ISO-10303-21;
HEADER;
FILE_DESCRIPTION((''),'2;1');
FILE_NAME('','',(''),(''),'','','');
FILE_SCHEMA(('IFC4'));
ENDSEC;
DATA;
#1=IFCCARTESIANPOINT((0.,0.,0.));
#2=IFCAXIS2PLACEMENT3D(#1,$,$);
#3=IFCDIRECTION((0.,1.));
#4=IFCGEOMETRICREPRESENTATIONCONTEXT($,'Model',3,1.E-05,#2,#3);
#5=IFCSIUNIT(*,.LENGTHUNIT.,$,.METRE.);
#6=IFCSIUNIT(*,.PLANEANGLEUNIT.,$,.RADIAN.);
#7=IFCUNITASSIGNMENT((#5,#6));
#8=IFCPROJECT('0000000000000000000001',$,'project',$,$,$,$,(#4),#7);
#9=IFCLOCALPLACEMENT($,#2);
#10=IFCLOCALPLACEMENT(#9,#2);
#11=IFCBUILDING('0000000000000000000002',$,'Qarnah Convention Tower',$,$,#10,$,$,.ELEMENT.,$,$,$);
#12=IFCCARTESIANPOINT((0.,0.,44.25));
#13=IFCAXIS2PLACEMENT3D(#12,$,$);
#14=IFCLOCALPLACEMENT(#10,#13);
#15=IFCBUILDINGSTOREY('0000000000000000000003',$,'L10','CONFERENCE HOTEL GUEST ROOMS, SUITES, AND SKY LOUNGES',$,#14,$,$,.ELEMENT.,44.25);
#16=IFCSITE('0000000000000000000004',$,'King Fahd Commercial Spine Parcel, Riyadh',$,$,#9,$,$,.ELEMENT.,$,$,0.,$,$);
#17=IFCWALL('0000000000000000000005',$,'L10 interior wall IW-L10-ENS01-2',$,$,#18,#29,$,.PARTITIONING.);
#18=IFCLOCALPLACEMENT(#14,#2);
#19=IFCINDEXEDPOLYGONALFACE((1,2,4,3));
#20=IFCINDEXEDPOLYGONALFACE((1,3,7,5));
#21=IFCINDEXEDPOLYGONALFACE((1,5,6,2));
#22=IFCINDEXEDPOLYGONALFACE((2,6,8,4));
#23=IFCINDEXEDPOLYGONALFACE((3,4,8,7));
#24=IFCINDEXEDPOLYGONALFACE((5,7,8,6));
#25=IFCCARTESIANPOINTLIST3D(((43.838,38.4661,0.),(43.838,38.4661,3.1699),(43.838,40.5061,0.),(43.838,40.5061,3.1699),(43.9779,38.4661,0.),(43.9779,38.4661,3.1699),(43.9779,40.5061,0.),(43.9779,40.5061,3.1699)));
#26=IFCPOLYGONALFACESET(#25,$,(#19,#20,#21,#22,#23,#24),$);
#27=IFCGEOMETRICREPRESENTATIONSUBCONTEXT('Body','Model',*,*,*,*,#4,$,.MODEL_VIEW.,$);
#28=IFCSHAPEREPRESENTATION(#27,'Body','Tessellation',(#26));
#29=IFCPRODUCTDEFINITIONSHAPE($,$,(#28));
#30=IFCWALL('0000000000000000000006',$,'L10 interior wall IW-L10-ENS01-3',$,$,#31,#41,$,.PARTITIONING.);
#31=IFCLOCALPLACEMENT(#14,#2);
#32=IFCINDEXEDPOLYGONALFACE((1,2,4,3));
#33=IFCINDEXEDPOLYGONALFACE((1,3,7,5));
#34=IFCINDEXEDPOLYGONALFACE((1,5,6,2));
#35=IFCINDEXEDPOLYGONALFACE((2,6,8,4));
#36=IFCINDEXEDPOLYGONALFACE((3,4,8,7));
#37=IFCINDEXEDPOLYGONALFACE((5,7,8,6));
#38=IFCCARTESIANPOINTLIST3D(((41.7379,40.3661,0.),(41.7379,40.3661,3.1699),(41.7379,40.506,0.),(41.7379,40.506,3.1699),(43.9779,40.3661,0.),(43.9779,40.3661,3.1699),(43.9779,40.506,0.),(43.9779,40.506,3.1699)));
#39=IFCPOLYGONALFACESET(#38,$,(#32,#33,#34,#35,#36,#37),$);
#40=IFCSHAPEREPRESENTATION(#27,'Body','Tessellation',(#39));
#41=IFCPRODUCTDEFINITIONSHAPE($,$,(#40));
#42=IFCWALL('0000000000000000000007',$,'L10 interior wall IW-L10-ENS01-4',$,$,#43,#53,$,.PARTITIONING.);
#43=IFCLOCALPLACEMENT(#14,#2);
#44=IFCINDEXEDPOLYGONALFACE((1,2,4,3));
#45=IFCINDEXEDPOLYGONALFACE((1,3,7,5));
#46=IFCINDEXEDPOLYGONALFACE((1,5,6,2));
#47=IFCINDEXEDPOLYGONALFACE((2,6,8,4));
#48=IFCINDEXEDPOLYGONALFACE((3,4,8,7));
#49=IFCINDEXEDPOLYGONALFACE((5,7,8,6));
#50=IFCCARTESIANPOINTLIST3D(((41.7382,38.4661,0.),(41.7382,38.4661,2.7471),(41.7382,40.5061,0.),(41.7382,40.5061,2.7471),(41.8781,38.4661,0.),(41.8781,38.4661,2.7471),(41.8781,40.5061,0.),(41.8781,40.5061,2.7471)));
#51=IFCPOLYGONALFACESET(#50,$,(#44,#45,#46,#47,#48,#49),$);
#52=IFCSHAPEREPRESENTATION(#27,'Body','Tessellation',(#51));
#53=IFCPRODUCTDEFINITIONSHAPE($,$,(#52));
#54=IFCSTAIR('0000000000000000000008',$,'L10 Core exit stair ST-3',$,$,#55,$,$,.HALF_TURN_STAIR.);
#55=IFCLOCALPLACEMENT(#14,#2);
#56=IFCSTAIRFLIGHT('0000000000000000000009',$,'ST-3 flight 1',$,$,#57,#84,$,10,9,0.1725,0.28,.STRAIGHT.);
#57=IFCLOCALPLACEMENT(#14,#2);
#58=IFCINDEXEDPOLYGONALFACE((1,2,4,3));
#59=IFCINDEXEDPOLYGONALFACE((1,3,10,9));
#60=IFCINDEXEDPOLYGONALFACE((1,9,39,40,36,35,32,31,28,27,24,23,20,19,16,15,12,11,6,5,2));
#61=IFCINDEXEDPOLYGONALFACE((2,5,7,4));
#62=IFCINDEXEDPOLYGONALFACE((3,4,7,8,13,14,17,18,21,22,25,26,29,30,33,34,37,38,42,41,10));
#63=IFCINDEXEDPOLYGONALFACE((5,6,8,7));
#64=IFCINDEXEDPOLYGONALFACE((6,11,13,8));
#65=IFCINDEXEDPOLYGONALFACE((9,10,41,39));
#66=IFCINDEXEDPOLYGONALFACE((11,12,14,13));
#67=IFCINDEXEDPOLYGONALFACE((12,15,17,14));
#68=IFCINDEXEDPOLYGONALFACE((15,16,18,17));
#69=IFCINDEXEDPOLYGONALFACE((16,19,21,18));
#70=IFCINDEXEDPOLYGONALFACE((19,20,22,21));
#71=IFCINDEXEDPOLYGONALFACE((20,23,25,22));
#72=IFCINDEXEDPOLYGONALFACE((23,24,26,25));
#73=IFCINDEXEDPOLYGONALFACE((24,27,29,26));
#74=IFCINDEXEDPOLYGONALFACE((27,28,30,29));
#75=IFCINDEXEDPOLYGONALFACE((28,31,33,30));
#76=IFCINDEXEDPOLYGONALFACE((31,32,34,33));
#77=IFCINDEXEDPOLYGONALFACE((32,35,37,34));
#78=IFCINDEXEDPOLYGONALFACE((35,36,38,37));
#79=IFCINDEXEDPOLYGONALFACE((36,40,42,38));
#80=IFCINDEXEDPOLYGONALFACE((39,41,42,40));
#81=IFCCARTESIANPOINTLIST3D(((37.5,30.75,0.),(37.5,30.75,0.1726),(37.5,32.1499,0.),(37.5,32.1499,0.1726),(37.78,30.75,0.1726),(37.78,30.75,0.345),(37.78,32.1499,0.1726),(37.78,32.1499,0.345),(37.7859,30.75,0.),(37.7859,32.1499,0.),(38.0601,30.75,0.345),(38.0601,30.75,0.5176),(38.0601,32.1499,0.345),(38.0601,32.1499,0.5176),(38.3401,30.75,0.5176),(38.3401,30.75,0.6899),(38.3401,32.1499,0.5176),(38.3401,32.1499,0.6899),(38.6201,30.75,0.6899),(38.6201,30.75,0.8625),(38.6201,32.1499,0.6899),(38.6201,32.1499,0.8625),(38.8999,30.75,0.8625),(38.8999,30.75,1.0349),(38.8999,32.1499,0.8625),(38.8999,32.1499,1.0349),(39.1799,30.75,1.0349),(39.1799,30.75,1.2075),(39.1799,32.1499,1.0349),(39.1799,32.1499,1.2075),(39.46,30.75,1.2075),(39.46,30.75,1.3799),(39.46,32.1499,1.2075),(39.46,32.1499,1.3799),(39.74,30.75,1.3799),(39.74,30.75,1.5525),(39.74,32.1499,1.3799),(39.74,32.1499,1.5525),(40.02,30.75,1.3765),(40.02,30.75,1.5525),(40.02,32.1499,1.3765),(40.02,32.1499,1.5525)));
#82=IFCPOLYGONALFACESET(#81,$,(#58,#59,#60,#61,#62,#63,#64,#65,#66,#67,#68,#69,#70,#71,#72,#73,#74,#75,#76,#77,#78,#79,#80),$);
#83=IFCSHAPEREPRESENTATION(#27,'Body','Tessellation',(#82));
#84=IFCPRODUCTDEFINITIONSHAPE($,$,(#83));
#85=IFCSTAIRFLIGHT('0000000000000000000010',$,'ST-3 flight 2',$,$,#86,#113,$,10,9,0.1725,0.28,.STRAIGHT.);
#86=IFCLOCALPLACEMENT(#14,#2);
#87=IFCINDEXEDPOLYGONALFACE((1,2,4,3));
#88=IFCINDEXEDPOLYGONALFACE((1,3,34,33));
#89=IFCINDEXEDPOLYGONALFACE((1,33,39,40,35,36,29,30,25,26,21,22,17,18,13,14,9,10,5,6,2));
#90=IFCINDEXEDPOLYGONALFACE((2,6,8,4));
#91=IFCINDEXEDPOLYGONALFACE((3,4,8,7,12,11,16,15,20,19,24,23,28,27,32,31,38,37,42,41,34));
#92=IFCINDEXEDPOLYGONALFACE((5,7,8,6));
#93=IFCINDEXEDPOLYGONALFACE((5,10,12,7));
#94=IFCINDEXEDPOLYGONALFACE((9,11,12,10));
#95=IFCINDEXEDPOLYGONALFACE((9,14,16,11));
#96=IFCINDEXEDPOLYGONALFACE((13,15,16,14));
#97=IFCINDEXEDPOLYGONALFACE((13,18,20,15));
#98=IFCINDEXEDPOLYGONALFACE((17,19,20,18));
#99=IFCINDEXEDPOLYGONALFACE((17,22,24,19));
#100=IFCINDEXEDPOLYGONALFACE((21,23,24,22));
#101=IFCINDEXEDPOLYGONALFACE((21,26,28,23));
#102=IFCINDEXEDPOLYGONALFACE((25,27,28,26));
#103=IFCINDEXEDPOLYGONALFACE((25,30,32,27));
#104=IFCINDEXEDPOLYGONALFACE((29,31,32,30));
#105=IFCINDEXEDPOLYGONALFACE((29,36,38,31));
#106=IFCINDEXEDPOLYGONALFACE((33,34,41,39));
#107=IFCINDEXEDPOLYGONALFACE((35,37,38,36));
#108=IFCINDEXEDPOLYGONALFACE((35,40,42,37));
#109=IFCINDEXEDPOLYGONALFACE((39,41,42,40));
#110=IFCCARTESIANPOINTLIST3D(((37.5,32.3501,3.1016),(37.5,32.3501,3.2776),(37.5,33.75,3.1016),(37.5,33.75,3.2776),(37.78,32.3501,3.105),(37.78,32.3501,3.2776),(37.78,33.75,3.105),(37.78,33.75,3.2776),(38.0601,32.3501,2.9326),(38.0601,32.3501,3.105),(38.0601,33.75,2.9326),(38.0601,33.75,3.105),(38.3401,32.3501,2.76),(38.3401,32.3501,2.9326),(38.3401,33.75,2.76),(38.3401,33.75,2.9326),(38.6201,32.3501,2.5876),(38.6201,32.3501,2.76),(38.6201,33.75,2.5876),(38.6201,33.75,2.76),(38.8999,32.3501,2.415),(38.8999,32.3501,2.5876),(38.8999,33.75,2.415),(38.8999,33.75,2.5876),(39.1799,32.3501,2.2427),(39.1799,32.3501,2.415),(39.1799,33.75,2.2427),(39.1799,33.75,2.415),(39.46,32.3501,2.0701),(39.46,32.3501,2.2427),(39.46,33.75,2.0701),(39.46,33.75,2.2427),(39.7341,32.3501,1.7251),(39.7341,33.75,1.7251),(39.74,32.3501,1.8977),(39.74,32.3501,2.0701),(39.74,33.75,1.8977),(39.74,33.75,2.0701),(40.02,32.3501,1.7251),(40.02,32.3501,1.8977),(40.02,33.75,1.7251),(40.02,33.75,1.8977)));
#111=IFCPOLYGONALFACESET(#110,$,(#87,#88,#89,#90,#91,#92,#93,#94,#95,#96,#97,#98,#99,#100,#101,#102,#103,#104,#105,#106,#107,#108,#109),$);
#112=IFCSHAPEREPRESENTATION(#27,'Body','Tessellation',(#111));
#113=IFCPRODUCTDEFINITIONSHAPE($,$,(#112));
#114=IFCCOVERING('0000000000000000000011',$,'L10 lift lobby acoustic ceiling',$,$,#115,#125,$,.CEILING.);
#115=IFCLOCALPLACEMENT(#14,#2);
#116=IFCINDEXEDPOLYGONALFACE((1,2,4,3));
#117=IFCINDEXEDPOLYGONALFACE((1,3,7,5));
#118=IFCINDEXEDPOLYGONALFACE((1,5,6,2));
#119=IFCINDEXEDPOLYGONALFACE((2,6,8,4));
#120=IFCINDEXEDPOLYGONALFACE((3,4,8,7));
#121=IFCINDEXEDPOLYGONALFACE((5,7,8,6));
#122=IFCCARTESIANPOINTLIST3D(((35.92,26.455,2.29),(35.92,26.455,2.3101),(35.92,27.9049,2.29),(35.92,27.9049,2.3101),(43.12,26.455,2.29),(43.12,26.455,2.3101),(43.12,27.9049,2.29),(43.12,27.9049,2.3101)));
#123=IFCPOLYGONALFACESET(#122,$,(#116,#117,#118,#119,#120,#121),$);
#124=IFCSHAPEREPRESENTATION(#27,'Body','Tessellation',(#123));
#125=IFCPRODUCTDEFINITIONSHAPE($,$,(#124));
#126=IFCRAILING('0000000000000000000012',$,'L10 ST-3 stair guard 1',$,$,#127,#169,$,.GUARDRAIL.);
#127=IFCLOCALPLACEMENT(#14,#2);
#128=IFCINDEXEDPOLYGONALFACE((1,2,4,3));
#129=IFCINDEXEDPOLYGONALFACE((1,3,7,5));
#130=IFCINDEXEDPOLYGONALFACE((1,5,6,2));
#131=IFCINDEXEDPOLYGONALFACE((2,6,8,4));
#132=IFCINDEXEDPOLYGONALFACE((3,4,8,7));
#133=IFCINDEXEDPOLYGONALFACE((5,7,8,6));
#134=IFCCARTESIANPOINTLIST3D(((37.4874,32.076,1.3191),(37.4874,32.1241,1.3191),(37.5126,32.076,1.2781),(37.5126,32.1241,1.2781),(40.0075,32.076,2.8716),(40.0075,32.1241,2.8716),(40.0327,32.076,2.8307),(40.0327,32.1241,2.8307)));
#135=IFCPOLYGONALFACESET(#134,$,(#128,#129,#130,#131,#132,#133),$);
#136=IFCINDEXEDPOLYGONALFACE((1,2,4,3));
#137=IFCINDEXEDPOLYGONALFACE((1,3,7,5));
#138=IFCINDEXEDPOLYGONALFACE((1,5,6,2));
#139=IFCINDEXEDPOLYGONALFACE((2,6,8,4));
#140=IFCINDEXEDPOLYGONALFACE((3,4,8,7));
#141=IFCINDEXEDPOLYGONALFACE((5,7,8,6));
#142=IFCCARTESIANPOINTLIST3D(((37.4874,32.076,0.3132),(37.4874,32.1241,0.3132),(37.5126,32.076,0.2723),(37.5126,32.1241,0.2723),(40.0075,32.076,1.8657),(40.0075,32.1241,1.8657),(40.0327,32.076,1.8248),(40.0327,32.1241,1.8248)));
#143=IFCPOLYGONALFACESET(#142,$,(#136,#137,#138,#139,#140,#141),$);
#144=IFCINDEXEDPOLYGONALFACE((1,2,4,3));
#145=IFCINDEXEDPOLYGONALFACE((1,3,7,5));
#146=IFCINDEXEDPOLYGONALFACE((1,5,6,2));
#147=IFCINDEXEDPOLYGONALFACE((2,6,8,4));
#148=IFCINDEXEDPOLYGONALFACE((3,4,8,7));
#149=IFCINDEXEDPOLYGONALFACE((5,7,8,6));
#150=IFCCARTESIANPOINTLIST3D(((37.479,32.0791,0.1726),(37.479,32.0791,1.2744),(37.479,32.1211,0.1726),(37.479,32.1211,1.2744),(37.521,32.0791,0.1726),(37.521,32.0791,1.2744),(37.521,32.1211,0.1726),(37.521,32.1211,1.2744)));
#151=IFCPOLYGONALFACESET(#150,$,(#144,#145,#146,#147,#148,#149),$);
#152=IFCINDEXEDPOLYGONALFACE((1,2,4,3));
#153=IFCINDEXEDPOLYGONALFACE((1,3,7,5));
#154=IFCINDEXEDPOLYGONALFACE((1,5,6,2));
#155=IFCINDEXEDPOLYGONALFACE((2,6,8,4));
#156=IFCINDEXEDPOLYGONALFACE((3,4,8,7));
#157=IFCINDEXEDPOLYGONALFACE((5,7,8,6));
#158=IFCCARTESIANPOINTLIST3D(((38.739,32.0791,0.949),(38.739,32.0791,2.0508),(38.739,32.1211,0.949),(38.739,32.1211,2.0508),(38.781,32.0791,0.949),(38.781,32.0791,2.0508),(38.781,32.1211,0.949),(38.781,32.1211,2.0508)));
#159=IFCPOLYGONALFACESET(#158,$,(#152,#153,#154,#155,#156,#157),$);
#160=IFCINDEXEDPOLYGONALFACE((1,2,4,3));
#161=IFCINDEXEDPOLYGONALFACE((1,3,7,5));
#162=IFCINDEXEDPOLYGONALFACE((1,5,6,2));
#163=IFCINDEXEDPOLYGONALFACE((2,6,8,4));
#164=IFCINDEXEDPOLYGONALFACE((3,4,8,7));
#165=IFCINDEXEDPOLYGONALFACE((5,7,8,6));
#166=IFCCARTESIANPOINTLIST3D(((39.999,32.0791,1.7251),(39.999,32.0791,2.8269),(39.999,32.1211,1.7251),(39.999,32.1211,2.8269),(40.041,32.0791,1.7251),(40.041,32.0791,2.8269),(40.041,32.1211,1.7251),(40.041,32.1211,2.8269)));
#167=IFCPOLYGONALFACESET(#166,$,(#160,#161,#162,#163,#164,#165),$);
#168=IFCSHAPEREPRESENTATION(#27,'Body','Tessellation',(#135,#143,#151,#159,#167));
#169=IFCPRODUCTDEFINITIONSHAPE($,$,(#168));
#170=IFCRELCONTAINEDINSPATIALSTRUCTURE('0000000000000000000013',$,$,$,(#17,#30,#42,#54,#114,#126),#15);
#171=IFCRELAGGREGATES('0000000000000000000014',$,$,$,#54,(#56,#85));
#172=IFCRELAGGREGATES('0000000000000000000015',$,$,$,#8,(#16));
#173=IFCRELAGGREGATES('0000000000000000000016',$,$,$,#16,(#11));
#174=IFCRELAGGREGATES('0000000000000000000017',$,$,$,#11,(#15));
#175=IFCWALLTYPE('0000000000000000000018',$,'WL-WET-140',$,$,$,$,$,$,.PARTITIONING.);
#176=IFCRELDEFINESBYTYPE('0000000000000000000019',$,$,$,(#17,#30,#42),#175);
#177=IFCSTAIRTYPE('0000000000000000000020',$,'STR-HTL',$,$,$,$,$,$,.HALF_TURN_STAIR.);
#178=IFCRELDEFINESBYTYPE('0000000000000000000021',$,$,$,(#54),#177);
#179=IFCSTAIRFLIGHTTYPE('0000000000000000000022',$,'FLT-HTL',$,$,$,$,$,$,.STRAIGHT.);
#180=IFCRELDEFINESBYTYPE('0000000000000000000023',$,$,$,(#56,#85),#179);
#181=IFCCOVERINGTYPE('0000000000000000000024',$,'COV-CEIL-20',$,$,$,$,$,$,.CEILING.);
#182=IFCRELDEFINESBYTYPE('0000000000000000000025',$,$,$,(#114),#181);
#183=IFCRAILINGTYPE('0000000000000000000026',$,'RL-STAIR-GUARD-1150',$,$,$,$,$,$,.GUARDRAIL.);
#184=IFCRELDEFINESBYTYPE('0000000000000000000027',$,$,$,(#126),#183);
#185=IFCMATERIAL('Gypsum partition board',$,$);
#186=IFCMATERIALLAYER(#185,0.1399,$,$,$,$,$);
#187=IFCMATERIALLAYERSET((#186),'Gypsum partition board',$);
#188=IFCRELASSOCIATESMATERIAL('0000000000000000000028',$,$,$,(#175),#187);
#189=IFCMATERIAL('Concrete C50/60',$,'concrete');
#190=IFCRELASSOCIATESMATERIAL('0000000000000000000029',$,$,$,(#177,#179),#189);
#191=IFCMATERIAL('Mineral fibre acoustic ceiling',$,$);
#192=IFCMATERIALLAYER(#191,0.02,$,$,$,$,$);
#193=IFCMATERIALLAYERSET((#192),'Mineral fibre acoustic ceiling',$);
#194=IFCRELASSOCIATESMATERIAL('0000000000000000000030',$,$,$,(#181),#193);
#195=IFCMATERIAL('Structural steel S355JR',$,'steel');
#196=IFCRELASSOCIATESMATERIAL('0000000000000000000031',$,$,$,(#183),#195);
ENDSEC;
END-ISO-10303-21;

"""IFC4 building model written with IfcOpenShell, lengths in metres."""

from ifc_helpers import new_model, si_unit, direction, frame, frame_2d, origin, origin_2d, place, context, subcontext, project, spatial, polyline, rectangle, outline, extrude, material, layer, layer_set, type_object, element, aggregate, save


model = new_model("IFC4")

# Units and contexts
model_context = context("Model", 3, precision=1e-05, world=origin(), true_north=direction((0.0, 1.0)))
body_context = subcontext(model_context, "Body", "Model", "MODEL_VIEW")
ifc_project = project(units=[si_unit("LENGTHUNIT", "METRE"), si_unit("PLANEANGLEUNIT", "RADIAN")], contexts=[model_context])

# Site, building, storey
site_placement = place(None, origin())
site = spatial("IfcSite", under=ifc_project, at=site_placement, Name="King Fahd Commercial Spine Parcel, Riyadh", CompositionType="ELEMENT", RefElevation=0.0)
building_placement = place(site_placement, origin())
building = spatial("IfcBuilding", under=site, at=building_placement, Name="Qarnah Convention Tower", CompositionType="ELEMENT")
storey_placement = place(building_placement, frame((0.0, 0.0, 44.25)))
storey = spatial("IfcBuildingStorey", under=building, at=storey_placement, Name="L10", Description="CONFERENCE HOTEL GUEST ROOMS, SUITES, AND SKY LOUNGES", CompositionType="ELEMENT", Elevation=44.25)

# Shared definitions
ifc_material_1 = material(Name="Structural steel S355JR", Category="steel")

# Shared definitions
ifc_material_2 = material(Name="Gypsum partition board")

# Shared definitions
ifc_layer_1 = layer(ifc_material_2, 0.1399)
ifc_layer_set_1 = layer_set([ifc_layer_1], Name="Gypsum partition board")
wall_type_1 = type_object("IfcWallType", Name="WL-WET-140", PredefinedType="PARTITIONING", material=ifc_layer_set_1)

# Walls
wall_1_placement = place(storey_placement, frame((43.908, 38.4661, 0.0), z_axis=(0.0, 0.0, 1.0), x_axis=(0.0, 1.0, 0.0)))
element("IfcWall", 1, at=wall_1_placement, inside=storey, type_object=wall_type_1, Name="L10 interior wall IW-L10-ENS01-2", PredefinedType="PARTITIONING", context=body_context, shape_type="SweptSolid", body=[
    extrude(rectangle(XDim=2.04, YDim=0.1399, at=frame_2d((1.02, 0.0))), origin(), (0.0, 0.0, 1.0), 3.1699),
])
wall_2_placement = place(storey_placement, frame((43.978, 40.436, 0.0), z_axis=(0.0, 0.0, 1.0), x_axis=(-1.0, 0.0, 0.0)))
element("IfcWall", 2, at=wall_2_placement, inside=storey, type_object=wall_type_1, Name="L10 interior wall IW-L10-ENS01-3", PredefinedType="PARTITIONING", context=body_context, shape_type="SweptSolid", body=[
    extrude(rectangle(XDim=2.24, YDim=0.1399, at=frame_2d((1.1201, 0.0))), origin(), (0.0, 0.0, 1.0), 3.1699),
])
wall_3_placement = place(storey_placement, frame((41.8081, 40.5061, 0.0), z_axis=(0.0, 0.0, 1.0), x_axis=(0.0, -1.0, 0.0)))
element("IfcWall", 3, at=wall_3_placement, inside=storey, type_object=wall_type_1, Name="L10 interior wall IW-L10-ENS01-4", PredefinedType="PARTITIONING", context=body_context, shape_type="SweptSolid", body=[
    extrude(rectangle(XDim=2.04, YDim=0.1399, at=frame_2d((1.02, 0.0))), origin(), (0.0, 0.0, 1.0), 2.7471),
])

# Stair, stair flights
ifc_material_3 = material(Name="Concrete C50/60", Category="concrete")
stair_type = type_object("IfcStairType", Name="STR-HTL", PredefinedType="HALF_TURN_STAIR", material=ifc_material_3)
stair_placement = place(storey_placement, origin())
stair = element("IfcStair", 4, at=stair_placement, inside=storey, type_object=stair_type, Name="L10 Core exit stair ST-3", PredefinedType="HALF_TURN_STAIR")
stair_flight_type = type_object("IfcStairFlightType", Name="FLT-HTL", PredefinedType="STRAIGHT", material=ifc_material_3)
stair_flight_1_placement = place(storey_placement, frame((37.5, 31.45, 0.0), z_axis=(0.0, 0.0, 1.0), x_axis=(1.0, 0.0, 0.0)))
stair_flight_1 = element("IfcStairFlight", 5, at=stair_flight_1_placement, type_object=stair_flight_type, Name="ST-3 flight 1", NumberOfRisers=10, NumberOfTreads=9, PredefinedType="STRAIGHT", RiserHeight=0.1725, TreadLength=0.28, context=body_context, shape_type="SweptSolid", body=[
    extrude(outline(polyline([(0.0, 0.0), (0.0, 0.1726), (0.28, 0.1726), (0.28, 0.345), (0.5601, 0.345), (0.5601, 0.5176), (0.8401, 0.5176), (0.8401, 0.6899), (1.1201, 0.6899), (1.1201, 0.8625), (1.3999, 0.8625), (1.3999, 1.0349), (1.6799, 1.0349), (1.6799, 1.2075), (1.96, 1.2075), (1.96, 1.3799), (2.24, 1.3799), (2.24, 1.5525), (2.52, 1.5525), (2.52, 1.7251), (2.52, 1.3765), (0.2859, 0.0), (0.0, 0.0)])), frame((0.0, 0.7, 0.0), z_axis=(0.0, -1.0, 0.0), x_axis=(1.0, 0.0, 0.0)), (0.0, 0.0, 1.0), 1.3999),
])
stair_flight_2_placement = place(storey_placement, frame((40.02, 33.05, 1.7251), z_axis=(0.0, 0.0, 1.0), x_axis=(-1.0, 0.0, 0.0)))
stair_flight_2 = element("IfcStairFlight", 6, at=stair_flight_2_placement, type_object=stair_flight_type, Name="ST-3 flight 2", NumberOfRisers=10, NumberOfTreads=9, PredefinedType="STRAIGHT", RiserHeight=0.1725, TreadLength=0.28, context=body_context, shape_type="SweptSolid", body=[
    extrude(outline(polyline([(0.0, 0.0), (0.0, 0.1726), (0.28, 0.1726), (0.28, 0.345), (0.5601, 0.345), (0.5601, 0.5176), (0.8401, 0.5176), (0.8401, 0.6899), (1.1201, 0.6899), (1.1201, 0.8625), (1.3999, 0.8625), (1.3999, 1.0349), (1.6799, 1.0349), (1.6799, 1.2075), (1.96, 1.2075), (1.96, 1.3799), (2.24, 1.3799), (2.24, 1.5525), (2.52, 1.5525), (2.52, 1.7251), (2.52, 1.3765), (0.2859, 0.0), (0.0, 0.0)])), frame((0.0, 0.7, 0.0), z_axis=(0.0, -1.0, 0.0), x_axis=(1.0, 0.0, 0.0)), (0.0, 0.0, 1.0), 1.3999),
])
aggregate(stair, [stair_flight_1, stair_flight_2])

# Covering
ifc_material_4 = material(Name="Mineral fibre acoustic ceiling")
ifc_layer_2 = layer(ifc_material_4, 0.02)
ifc_layer_set_2 = layer_set([ifc_layer_2], Name="Mineral fibre acoustic ceiling")
covering_type = type_object("IfcCoveringType", Name="COV-CEIL-20", PredefinedType="CEILING", material=ifc_layer_set_2)
covering_placement = place(storey_placement, frame((39.52, 27.1799, 2.29), z_axis=(0.0, 0.0, 1.0), x_axis=(1.0, 0.0, 0.0)))
element("IfcCovering", 7, at=covering_placement, inside=storey, type_object=covering_type, Name="L10 lift lobby acoustic ceiling", PredefinedType="CEILING", context=body_context, shape_type="SweptSolid", body=[
    extrude(rectangle(XDim=7.2, YDim=1.45, at=origin_2d()), origin(), (0.0, 0.0, 1.0), 0.02),
])

# Railing
railing_type_1 = type_object("IfcRailingType", Name="RL-STAIR-GUARD-1150", PredefinedType="GUARDRAIL", material=ifc_material_1)
railing_1_placement = place(storey_placement, frame((37.5, 32.1001, 0.1726)))
element("IfcRailing", 8, at=railing_1_placement, inside=storey, type_object=railing_type_1, Name="L10 ST-3 stair guard 1", PredefinedType="GUARDRAIL", context=body_context, shape_type="SweptSolid", body=[
    extrude(rectangle(XDim=0.0481, YDim=0.0481, at=origin_2d()), frame((0.0, 0.0, 1.126), z_axis=(0.8514, 0.0, 0.524516), x_axis=(0.0, 1.0, 0.0)), (0.0, 0.0, 1.0), 2.96),
    extrude(rectangle(XDim=0.0481, YDim=0.0481, at=origin_2d()), frame((0.0, 0.0, 0.1201), z_axis=(0.8514, 0.0, 0.524516), x_axis=(0.0, 1.0, 0.0)), (0.0, 0.0, 1.0), 2.96),
    extrude(rectangle(XDim=0.042, YDim=0.042, at=origin_2d()), origin(), (0.0, 0.0, 1.0), 1.1018),
    extrude(rectangle(XDim=0.042, YDim=0.042, at=origin_2d()), frame((1.26, 0.0, 0.7764)), (0.0, 0.0, 1.0), 1.1018),
    extrude(rectangle(XDim=0.042, YDim=0.042, at=origin_2d()), frame((2.52, 0.0, 1.5525)), (0.0, 0.0, 1.0), 1.1018),
])

save(model, "model.ifc")
